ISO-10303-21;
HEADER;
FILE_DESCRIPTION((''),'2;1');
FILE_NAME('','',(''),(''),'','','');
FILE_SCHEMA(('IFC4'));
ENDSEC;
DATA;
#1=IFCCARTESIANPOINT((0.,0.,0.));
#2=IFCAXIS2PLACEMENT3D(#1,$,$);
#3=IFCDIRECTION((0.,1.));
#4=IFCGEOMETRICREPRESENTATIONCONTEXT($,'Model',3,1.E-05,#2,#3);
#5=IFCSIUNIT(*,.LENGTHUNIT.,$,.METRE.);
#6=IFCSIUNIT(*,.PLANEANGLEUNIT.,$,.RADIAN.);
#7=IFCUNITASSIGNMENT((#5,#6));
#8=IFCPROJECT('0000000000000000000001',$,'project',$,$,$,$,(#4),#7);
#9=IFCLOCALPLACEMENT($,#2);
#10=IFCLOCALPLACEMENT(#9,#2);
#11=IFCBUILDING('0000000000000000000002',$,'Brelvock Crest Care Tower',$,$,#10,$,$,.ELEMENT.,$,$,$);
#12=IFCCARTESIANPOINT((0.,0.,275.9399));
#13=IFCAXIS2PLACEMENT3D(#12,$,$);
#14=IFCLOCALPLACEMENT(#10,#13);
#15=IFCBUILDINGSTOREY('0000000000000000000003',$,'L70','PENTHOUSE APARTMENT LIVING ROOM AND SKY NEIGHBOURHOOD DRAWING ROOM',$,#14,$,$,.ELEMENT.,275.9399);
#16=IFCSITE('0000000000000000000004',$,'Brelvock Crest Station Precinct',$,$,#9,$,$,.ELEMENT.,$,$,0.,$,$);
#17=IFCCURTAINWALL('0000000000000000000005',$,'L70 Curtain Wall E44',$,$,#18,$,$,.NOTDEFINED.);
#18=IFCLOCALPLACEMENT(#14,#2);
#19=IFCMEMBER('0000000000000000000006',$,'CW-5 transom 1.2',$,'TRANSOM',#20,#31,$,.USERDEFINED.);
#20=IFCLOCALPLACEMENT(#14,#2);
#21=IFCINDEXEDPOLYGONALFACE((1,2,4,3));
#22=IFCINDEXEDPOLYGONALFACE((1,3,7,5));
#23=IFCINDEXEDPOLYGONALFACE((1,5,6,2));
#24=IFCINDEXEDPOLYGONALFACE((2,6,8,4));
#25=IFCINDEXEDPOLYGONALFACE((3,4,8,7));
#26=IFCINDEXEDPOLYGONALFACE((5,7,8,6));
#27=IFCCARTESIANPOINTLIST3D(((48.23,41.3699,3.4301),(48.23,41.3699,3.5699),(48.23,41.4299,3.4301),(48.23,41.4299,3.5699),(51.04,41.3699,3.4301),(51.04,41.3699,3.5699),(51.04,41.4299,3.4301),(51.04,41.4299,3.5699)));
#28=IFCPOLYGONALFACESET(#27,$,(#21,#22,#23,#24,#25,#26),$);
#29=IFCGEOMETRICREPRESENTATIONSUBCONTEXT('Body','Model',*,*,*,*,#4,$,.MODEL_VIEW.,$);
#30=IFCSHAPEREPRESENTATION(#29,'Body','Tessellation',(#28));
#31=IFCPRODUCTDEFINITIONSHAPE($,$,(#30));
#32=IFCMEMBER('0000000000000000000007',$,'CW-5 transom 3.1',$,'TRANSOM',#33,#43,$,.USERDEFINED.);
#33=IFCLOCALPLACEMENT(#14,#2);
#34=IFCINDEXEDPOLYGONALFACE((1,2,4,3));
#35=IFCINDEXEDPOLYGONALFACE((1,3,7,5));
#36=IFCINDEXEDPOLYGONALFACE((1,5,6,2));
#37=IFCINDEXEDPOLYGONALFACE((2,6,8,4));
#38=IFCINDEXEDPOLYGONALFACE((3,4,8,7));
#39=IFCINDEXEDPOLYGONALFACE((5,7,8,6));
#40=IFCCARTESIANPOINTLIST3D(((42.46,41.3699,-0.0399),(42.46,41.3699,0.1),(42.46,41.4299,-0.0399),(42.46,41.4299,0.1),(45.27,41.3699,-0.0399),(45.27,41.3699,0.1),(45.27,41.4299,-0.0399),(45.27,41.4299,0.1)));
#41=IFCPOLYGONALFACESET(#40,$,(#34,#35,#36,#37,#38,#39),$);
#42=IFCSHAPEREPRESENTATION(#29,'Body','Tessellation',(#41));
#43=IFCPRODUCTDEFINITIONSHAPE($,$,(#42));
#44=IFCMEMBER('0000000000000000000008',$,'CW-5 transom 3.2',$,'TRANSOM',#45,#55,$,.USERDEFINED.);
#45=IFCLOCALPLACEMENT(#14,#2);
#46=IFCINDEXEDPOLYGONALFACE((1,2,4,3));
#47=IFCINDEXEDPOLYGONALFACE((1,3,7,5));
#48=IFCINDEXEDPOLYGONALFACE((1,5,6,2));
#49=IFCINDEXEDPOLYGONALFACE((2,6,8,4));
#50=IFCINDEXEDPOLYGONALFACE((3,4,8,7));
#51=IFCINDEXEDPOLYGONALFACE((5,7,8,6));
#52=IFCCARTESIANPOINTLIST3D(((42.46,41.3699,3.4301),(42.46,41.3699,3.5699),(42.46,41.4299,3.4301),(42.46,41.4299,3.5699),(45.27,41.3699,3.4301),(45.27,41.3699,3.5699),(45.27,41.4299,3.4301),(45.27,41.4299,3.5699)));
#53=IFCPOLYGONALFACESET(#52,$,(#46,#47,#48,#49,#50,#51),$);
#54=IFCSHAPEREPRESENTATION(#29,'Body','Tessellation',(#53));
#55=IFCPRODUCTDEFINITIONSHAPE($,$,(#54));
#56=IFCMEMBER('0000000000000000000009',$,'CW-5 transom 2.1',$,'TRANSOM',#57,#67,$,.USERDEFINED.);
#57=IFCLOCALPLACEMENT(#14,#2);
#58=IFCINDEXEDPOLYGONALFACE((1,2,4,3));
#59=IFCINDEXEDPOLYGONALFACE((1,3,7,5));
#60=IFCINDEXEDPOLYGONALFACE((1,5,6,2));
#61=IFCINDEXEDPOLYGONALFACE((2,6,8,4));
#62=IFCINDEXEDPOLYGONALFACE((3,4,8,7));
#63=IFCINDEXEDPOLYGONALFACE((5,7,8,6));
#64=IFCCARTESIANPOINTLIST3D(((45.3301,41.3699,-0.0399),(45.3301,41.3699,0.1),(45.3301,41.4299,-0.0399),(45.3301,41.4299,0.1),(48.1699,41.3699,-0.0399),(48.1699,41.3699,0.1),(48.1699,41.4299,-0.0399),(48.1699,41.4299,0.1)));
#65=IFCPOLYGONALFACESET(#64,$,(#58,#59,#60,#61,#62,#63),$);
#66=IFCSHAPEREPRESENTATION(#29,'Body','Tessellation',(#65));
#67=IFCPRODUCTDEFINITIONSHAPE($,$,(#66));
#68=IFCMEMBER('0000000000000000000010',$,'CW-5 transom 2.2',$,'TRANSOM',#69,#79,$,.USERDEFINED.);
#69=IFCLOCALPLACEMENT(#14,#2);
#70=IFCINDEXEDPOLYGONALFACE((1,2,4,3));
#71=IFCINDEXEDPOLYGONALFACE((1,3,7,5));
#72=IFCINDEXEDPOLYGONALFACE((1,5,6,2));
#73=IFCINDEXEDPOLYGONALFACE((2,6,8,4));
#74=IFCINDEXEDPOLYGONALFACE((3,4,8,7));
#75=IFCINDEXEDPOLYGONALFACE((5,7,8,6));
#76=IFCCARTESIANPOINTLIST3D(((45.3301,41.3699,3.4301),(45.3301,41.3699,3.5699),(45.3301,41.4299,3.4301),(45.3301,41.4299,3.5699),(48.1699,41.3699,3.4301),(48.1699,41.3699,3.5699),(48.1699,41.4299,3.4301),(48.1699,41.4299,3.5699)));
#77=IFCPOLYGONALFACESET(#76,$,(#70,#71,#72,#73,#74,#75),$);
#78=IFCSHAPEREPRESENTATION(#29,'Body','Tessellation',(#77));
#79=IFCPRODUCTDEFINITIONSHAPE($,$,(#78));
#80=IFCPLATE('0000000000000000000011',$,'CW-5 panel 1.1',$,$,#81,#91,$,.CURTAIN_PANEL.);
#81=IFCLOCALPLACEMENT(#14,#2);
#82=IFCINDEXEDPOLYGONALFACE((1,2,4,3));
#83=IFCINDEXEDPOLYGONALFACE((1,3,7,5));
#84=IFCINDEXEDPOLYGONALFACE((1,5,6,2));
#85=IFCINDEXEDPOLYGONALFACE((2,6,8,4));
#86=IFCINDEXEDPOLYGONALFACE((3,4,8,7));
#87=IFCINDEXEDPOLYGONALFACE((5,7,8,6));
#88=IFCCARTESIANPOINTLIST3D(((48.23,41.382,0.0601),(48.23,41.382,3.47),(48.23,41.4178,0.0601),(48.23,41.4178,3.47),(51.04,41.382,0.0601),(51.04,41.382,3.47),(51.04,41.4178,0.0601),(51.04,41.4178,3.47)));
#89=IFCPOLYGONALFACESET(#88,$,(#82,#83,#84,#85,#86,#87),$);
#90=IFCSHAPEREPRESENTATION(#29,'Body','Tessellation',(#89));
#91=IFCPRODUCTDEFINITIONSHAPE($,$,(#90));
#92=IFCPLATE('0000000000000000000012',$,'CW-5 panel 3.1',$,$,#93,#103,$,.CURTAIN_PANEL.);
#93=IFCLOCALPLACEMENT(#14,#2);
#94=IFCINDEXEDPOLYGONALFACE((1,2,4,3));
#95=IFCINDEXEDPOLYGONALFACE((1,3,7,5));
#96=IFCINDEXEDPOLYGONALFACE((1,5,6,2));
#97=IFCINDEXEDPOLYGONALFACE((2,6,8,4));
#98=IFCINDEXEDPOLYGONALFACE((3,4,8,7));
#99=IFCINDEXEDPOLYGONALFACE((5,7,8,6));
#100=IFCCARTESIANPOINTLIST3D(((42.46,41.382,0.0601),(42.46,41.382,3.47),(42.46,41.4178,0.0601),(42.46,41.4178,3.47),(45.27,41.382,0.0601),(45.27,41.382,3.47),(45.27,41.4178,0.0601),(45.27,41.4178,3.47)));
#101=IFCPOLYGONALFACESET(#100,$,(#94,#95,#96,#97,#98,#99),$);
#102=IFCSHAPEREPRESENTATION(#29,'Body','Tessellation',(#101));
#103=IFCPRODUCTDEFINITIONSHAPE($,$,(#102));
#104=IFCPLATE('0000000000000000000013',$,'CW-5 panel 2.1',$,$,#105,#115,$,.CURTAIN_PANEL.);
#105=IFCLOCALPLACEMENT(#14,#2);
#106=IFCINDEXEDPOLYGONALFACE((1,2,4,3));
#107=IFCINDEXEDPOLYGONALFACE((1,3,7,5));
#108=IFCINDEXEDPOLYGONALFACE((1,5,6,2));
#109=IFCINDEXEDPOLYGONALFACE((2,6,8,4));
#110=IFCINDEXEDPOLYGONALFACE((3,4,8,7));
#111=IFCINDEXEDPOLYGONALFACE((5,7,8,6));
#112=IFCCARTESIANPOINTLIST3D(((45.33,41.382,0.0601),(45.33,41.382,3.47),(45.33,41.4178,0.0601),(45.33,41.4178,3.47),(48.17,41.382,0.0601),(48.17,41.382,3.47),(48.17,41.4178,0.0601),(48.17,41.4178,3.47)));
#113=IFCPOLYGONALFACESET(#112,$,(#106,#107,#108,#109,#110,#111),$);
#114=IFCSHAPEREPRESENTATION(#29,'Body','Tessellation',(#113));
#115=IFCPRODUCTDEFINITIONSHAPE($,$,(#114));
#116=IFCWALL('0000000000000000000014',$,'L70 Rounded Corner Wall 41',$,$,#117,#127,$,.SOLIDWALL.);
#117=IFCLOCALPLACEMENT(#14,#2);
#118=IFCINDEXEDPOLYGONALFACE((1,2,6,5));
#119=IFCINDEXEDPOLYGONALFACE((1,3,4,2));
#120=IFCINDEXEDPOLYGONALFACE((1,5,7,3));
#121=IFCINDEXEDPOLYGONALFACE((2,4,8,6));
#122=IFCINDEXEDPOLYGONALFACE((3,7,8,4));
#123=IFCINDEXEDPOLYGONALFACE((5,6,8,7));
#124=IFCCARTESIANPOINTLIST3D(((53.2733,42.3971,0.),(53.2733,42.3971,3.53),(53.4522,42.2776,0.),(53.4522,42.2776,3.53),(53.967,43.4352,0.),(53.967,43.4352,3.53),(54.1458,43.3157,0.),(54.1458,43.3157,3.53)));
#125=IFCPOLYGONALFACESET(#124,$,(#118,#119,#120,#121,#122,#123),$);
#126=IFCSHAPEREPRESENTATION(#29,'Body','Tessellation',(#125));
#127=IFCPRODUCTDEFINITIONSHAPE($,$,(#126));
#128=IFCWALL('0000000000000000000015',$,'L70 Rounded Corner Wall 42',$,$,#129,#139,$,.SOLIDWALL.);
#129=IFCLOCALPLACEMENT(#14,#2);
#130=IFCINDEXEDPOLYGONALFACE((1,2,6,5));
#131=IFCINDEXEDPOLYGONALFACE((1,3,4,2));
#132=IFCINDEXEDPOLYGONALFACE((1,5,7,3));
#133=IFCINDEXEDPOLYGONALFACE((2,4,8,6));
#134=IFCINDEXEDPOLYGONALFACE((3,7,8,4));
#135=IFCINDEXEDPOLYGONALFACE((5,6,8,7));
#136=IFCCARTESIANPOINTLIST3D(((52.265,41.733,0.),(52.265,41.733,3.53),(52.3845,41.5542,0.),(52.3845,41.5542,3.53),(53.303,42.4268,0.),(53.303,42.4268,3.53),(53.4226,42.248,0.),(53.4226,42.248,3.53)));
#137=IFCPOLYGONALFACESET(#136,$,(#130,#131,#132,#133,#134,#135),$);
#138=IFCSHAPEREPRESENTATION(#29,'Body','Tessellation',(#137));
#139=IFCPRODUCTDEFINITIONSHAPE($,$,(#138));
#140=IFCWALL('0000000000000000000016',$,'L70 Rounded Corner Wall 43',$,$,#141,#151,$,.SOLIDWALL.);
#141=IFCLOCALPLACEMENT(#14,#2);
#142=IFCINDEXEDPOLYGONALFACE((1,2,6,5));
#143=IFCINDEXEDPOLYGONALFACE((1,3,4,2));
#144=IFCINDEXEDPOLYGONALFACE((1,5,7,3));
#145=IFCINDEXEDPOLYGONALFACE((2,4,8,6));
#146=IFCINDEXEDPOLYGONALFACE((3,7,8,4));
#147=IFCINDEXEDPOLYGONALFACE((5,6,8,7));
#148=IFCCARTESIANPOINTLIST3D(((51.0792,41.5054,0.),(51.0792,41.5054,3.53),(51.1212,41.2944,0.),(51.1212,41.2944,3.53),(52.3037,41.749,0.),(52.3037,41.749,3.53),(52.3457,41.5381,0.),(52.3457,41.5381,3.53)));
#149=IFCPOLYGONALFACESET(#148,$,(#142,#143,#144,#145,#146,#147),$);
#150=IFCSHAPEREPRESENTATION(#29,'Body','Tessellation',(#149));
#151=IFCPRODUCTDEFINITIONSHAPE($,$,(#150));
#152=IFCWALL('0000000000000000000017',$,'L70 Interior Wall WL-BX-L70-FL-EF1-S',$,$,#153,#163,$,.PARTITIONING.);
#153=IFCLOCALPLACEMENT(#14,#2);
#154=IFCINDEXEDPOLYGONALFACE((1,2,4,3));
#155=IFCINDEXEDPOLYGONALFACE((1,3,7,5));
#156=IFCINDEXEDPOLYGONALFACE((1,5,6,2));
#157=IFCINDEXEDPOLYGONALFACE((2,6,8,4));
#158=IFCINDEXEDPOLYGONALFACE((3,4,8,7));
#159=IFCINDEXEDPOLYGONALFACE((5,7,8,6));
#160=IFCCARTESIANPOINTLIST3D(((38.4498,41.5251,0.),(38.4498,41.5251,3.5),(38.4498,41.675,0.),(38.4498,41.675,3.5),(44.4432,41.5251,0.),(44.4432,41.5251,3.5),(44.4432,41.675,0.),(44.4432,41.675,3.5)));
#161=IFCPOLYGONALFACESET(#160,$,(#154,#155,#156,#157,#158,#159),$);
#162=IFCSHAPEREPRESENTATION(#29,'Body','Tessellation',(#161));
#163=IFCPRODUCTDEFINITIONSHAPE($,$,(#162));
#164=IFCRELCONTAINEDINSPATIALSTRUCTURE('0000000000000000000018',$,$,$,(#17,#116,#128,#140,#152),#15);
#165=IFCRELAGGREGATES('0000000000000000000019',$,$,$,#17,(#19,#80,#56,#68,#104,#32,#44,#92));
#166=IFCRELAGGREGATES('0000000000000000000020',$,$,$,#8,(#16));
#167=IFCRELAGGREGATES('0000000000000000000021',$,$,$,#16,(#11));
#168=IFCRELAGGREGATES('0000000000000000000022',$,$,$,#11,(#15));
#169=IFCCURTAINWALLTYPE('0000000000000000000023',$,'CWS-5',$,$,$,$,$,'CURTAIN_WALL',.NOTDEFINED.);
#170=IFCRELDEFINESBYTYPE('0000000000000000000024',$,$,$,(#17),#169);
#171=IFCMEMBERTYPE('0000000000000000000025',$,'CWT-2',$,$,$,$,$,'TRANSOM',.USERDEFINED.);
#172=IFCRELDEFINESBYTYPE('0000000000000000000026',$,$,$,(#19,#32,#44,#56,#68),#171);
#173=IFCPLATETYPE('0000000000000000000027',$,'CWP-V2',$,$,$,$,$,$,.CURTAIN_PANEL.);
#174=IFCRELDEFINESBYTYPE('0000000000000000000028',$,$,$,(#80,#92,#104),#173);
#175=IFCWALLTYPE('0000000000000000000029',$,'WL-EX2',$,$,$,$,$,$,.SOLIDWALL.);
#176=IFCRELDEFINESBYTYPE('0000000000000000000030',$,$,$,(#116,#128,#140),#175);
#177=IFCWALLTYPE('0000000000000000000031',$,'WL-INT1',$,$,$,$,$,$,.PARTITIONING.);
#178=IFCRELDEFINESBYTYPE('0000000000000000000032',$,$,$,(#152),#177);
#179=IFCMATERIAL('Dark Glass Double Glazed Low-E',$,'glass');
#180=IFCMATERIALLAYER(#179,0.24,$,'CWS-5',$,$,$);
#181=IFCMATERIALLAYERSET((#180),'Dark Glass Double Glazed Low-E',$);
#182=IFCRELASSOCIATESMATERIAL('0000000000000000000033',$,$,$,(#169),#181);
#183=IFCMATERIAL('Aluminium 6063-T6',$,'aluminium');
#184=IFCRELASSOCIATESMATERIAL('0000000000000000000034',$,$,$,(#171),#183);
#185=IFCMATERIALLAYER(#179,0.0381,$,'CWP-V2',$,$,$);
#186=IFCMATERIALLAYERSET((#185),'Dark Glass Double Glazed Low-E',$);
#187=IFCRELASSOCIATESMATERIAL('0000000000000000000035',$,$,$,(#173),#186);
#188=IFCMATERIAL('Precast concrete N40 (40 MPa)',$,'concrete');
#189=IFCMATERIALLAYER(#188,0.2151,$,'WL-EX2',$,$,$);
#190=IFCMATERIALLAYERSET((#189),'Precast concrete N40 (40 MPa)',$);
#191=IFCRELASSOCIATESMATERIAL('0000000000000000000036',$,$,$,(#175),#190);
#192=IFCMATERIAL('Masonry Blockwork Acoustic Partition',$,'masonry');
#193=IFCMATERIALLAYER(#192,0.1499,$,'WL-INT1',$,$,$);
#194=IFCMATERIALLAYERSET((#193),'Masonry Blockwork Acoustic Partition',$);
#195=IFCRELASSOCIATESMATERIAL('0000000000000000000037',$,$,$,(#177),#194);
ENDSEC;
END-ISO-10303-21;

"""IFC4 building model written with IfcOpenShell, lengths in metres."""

from ifc_helpers import new_model, si_unit, direction, frame, frame_2d, origin, origin_2d, place, context, subcontext, project, spatial, rectangle, extrude, source, transform, mapped, material, layer, layer_set, material_profile, profile_set, type_object, element, aggregate, save


model = new_model("IFC4")

# Units and contexts
model_context = context("Model", 3, precision=1e-05, world=origin(), true_north=direction((0.0, 1.0)))
body_context = subcontext(model_context, "Body", "Model", "MODEL_VIEW")
ifc_project = project(units=[si_unit("LENGTHUNIT", "METRE"), si_unit("PLANEANGLEUNIT", "RADIAN")], contexts=[model_context])

# Site, building, storey
site_placement = place(None, origin())
site = spatial("IfcSite", under=ifc_project, at=site_placement, Name="Brelvock Crest Station Precinct", CompositionType="ELEMENT", RefElevation=0.0)
building_placement = place(site_placement, origin())
building = spatial("IfcBuilding", under=site, at=building_placement, Name="Brelvock Crest Care Tower", CompositionType="ELEMENT")
storey_placement = place(building_placement, frame((0.0, 0.0, 275.9399)))
storey = spatial("IfcBuildingStorey", under=building, at=storey_placement, Name="L70", Description="PENTHOUSE APARTMENT LIVING ROOM AND SKY NEIGHBOURHOOD DRAWING ROOM", CompositionType="ELEMENT", Elevation=275.9399)

# Curtain wall
ifc_material_1 = material(Name="Dark Glass Double Glazed Low-E", Category="glass")
ifc_layer_1 = layer(ifc_material_1, 0.24, Name="CWS-5")
ifc_layer_set_1 = layer_set([ifc_layer_1], Name="Dark Glass Double Glazed Low-E")
curtain_wall_type = type_object("IfcCurtainWallType", Name="CWS-5", ElementType="CURTAIN_WALL", PredefinedType="NOTDEFINED", material=ifc_layer_set_1)
curtain_wall_1_placement = place(storey_placement, origin())
curtain_wall_1 = element("IfcCurtainWall", 1, at=curtain_wall_1_placement, inside=storey, type_object=curtain_wall_type, Name="L70 Curtain Wall E44", PredefinedType="NOTDEFINED")
ifc_material_2 = material(Name="Aluminium 6063-T6", Category="aluminium")
ifc_material_profile_1 = material_profile(ifc_material_2, rectangle(XDim=0.0601, YDim=0.1399, at=origin_2d()), Name="ALU60x140")
ifc_profile_set_1 = profile_set([ifc_material_profile_1], Name="Aluminium 6063-T6")
member_type_1 = type_object("IfcMemberType", Name="CWT-2", ElementType="TRANSOM", PredefinedType="USERDEFINED", material=ifc_profile_set_1)

# Members
shared_shape_1 = source(origin(), body_context, "Body", "SweptSolid", [
    extrude(rectangle(XDim=0.0601, YDim=0.1399, at=origin_2d()), origin(), (0.0, 0.0, 1.0), 2.8101),
])
member_1_placement = place(storey_placement, frame((51.04, 41.3999, 3.5), z_axis=(-1.0, 0.0, 0.0), x_axis=(0.0, -1.0, 0.0)))
member_1 = element("IfcMember", 2, at=member_1_placement, type_object=member_type_1, Name="CW-5 transom 1.2", ObjectType="TRANSOM", PredefinedType="USERDEFINED", context=body_context, shape_type="MappedRepresentation", body=[
    mapped(shared_shape_1, transform((0.0, 0.0, 0.0), x_axis=(1.0, 0.0, 0.0), y_axis=(0.0, 1.0, 0.0), z_axis=(0.0, 0.0, 1.0), scale=1.0)),
])
member_2_placement = place(storey_placement, frame((45.27, 41.3999, 0.03), z_axis=(-1.0, 0.0, 0.0), x_axis=(0.0, -1.0, 0.0)))
member_2 = element("IfcMember", 3, at=member_2_placement, type_object=member_type_1, Name="CW-5 transom 3.1", ObjectType="TRANSOM", PredefinedType="USERDEFINED", context=body_context, shape_type="MappedRepresentation", body=[
    mapped(shared_shape_1, transform((0.0, 0.0, 0.0), x_axis=(1.0, 0.0, 0.0), y_axis=(0.0, 1.0, 0.0), z_axis=(0.0, 0.0, 1.0), scale=1.0)),
])
member_3_placement = place(storey_placement, frame((45.27, 41.3999, 3.5), z_axis=(-1.0, 0.0, 0.0), x_axis=(0.0, -1.0, 0.0)))
member_3 = element("IfcMember", 4, at=member_3_placement, type_object=member_type_1, Name="CW-5 transom 3.2", ObjectType="TRANSOM", PredefinedType="USERDEFINED", context=body_context, shape_type="MappedRepresentation", body=[
    mapped(shared_shape_1, transform((0.0, 0.0, 0.0), x_axis=(1.0, 0.0, 0.0), y_axis=(0.0, 1.0, 0.0), z_axis=(0.0, 0.0, 1.0), scale=1.0)),
])
shared_shape_2 = source(origin(), body_context, "Body", "SweptSolid", [
    extrude(rectangle(XDim=0.0601, YDim=0.1399, at=origin_2d()), origin(), (0.0, 0.0, 1.0), 2.8398),
])
member_4_placement = place(storey_placement, frame((48.1699, 41.3999, 0.03), z_axis=(-1.0, 0.0, 0.0), x_axis=(0.0, -1.0, 0.0)))
member_4 = element("IfcMember", 5, at=member_4_placement, type_object=member_type_1, Name="CW-5 transom 2.1", ObjectType="TRANSOM", PredefinedType="USERDEFINED", context=body_context, shape_type="MappedRepresentation", body=[
    mapped(shared_shape_2, transform((0.0, 0.0, 0.0), x_axis=(1.0, 0.0, 0.0), y_axis=(0.0, 1.0, 0.0), z_axis=(0.0, 0.0, 1.0), scale=1.0)),
])
member_5_placement = place(storey_placement, frame((48.1699, 41.3999, 3.5), z_axis=(-1.0, 0.0, 0.0), x_axis=(0.0, -1.0, 0.0)))
member_5 = element("IfcMember", 6, at=member_5_placement, type_object=member_type_1, Name="CW-5 transom 2.2", ObjectType="TRANSOM", PredefinedType="USERDEFINED", context=body_context, shape_type="MappedRepresentation", body=[
    mapped(shared_shape_2, transform((0.0, 0.0, 0.0), x_axis=(1.0, 0.0, 0.0), y_axis=(0.0, 1.0, 0.0), z_axis=(0.0, 0.0, 1.0), scale=1.0)),
])

# Plates
ifc_layer_2 = layer(ifc_material_1, 0.0381, Name="CWP-V2")
ifc_layer_set_2 = layer_set([ifc_layer_2], Name="Dark Glass Double Glazed Low-E")
plate_type = type_object("IfcPlateType", Name="CWP-V2", PredefinedType="CURTAIN_PANEL", material=ifc_layer_set_2)
shared_shape_3 = source(origin(), body_context, "Body", "SweptSolid", [
    extrude(rectangle(XDim=2.8101, YDim=0.0359, at=origin_2d()), origin(), (0.0, 0.0, 1.0), 3.4099),
])
plate_1_placement = place(storey_placement, frame((49.635, 41.3999, 0.0601), z_axis=(0.0, 0.0, 1.0), x_axis=(-1.0, 0.0, 0.0)))
plate_1 = element("IfcPlate", 7, at=plate_1_placement, type_object=plate_type, Name="CW-5 panel 1.1", PredefinedType="CURTAIN_PANEL", context=body_context, shape_type="MappedRepresentation", body=[
    mapped(shared_shape_3, transform((0.0, 0.0, 0.0), x_axis=(1.0, 0.0, 0.0), y_axis=(0.0, 1.0, 0.0), z_axis=(0.0, 0.0, 1.0), scale=1.0)),
])
plate_2_placement = place(storey_placement, frame((43.865, 41.3999, 0.0601), z_axis=(0.0, 0.0, 1.0), x_axis=(-1.0, 0.0, 0.0)))
plate_2 = element("IfcPlate", 8, at=plate_2_placement, type_object=plate_type, Name="CW-5 panel 3.1", PredefinedType="CURTAIN_PANEL", context=body_context, shape_type="MappedRepresentation", body=[
    mapped(shared_shape_3, transform((0.0, 0.0, 0.0), x_axis=(1.0, 0.0, 0.0), y_axis=(0.0, 1.0, 0.0), z_axis=(0.0, 0.0, 1.0), scale=1.0)),
])
shared_shape_4 = source(origin(), body_context, "Body", "SweptSolid", [
    extrude(rectangle(XDim=2.8401, YDim=0.0359, at=origin_2d()), origin(), (0.0, 0.0, 1.0), 3.4099),
])
plate_3_placement = place(storey_placement, frame((46.75, 41.3999, 0.0601), z_axis=(0.0, 0.0, 1.0), x_axis=(-1.0, 0.0, 0.0)))
plate_3 = element("IfcPlate", 9, at=plate_3_placement, type_object=plate_type, Name="CW-5 panel 2.1", PredefinedType="CURTAIN_PANEL", context=body_context, shape_type="MappedRepresentation", body=[
    mapped(shared_shape_4, transform((0.0, 0.0, 0.0), x_axis=(1.0, 0.0, 0.0), y_axis=(0.0, 1.0, 0.0), z_axis=(0.0, 0.0, 1.0), scale=1.0)),
])
aggregate(curtain_wall_1, [member_1, plate_1, member_4, member_5, plate_3, member_2, member_3, plate_2])

# Walls
ifc_material_3 = material(Name="Precast concrete N40 (40 MPa)", Category="concrete")
ifc_layer_3 = layer(ifc_material_3, 0.2151, Name="WL-EX2")
ifc_layer_set_3 = layer_set([ifc_layer_3], Name="Precast concrete N40 (40 MPa)")
wall_type_1 = type_object("IfcWallType", Name="WL-EX2", PredefinedType="SOLIDWALL", material=ifc_layer_set_3)
for number, where, z_axis, x_axis, name in (
    (10, (54.0564, 43.3755, 0.0), (0.0, 0.0, 1.0), (-0.555557, -0.831478, 0.0), "L70 Rounded Corner Wall 41"),
    (11, (53.3628, 42.3374, 0.0), (0.0, 0.0, 1.0), (-0.831388, -0.555692, 0.0), "L70 Rounded Corner Wall 42"),
    (12, (52.3247, 41.6436, 0.0), (0.0, 0.0, 1.0), (-0.980776, -0.195138, 0.0), "L70 Rounded Corner Wall 43"),
):
    element("IfcWall", number, at=place(storey_placement, frame(where, z_axis=z_axis, x_axis=x_axis)), inside=storey, type_object=wall_type_1, Name=name, PredefinedType="SOLIDWALL", context=body_context, shape_type="SweptSolid", body=[
        extrude(rectangle(XDim=1.2485, YDim=0.2151, at=frame_2d((0.6243, 0.0))), origin(), (0.0, 0.0, 1.0), 3.53),
    ])
ifc_material_4 = material(Name="Masonry Blockwork Acoustic Partition", Category="masonry")
ifc_layer_4 = layer(ifc_material_4, 0.1499, Name="WL-INT1")
ifc_layer_set_4 = layer_set([ifc_layer_4], Name="Masonry Blockwork Acoustic Partition")
wall_type_2 = type_object("IfcWallType", Name="WL-INT1", PredefinedType="PARTITIONING", material=ifc_layer_set_4)
wall_1_placement = place(storey_placement, frame((38.45, 41.6001, 0.0), z_axis=(0.0, 0.0, 1.0), x_axis=(1.0, 0.0, 0.0)))
element("IfcWall", 13, at=wall_1_placement, inside=storey, type_object=wall_type_2, Name="L70 Interior Wall WL-BX-L70-FL-EF1-S", PredefinedType="PARTITIONING", context=body_context, shape_type="SweptSolid", body=[
    extrude(rectangle(XDim=5.9934, YDim=0.1499, at=frame_2d((2.9966, 0.0))), origin(), (0.0, 0.0, 1.0), 3.5),
])

save(model, "model.ifc")
